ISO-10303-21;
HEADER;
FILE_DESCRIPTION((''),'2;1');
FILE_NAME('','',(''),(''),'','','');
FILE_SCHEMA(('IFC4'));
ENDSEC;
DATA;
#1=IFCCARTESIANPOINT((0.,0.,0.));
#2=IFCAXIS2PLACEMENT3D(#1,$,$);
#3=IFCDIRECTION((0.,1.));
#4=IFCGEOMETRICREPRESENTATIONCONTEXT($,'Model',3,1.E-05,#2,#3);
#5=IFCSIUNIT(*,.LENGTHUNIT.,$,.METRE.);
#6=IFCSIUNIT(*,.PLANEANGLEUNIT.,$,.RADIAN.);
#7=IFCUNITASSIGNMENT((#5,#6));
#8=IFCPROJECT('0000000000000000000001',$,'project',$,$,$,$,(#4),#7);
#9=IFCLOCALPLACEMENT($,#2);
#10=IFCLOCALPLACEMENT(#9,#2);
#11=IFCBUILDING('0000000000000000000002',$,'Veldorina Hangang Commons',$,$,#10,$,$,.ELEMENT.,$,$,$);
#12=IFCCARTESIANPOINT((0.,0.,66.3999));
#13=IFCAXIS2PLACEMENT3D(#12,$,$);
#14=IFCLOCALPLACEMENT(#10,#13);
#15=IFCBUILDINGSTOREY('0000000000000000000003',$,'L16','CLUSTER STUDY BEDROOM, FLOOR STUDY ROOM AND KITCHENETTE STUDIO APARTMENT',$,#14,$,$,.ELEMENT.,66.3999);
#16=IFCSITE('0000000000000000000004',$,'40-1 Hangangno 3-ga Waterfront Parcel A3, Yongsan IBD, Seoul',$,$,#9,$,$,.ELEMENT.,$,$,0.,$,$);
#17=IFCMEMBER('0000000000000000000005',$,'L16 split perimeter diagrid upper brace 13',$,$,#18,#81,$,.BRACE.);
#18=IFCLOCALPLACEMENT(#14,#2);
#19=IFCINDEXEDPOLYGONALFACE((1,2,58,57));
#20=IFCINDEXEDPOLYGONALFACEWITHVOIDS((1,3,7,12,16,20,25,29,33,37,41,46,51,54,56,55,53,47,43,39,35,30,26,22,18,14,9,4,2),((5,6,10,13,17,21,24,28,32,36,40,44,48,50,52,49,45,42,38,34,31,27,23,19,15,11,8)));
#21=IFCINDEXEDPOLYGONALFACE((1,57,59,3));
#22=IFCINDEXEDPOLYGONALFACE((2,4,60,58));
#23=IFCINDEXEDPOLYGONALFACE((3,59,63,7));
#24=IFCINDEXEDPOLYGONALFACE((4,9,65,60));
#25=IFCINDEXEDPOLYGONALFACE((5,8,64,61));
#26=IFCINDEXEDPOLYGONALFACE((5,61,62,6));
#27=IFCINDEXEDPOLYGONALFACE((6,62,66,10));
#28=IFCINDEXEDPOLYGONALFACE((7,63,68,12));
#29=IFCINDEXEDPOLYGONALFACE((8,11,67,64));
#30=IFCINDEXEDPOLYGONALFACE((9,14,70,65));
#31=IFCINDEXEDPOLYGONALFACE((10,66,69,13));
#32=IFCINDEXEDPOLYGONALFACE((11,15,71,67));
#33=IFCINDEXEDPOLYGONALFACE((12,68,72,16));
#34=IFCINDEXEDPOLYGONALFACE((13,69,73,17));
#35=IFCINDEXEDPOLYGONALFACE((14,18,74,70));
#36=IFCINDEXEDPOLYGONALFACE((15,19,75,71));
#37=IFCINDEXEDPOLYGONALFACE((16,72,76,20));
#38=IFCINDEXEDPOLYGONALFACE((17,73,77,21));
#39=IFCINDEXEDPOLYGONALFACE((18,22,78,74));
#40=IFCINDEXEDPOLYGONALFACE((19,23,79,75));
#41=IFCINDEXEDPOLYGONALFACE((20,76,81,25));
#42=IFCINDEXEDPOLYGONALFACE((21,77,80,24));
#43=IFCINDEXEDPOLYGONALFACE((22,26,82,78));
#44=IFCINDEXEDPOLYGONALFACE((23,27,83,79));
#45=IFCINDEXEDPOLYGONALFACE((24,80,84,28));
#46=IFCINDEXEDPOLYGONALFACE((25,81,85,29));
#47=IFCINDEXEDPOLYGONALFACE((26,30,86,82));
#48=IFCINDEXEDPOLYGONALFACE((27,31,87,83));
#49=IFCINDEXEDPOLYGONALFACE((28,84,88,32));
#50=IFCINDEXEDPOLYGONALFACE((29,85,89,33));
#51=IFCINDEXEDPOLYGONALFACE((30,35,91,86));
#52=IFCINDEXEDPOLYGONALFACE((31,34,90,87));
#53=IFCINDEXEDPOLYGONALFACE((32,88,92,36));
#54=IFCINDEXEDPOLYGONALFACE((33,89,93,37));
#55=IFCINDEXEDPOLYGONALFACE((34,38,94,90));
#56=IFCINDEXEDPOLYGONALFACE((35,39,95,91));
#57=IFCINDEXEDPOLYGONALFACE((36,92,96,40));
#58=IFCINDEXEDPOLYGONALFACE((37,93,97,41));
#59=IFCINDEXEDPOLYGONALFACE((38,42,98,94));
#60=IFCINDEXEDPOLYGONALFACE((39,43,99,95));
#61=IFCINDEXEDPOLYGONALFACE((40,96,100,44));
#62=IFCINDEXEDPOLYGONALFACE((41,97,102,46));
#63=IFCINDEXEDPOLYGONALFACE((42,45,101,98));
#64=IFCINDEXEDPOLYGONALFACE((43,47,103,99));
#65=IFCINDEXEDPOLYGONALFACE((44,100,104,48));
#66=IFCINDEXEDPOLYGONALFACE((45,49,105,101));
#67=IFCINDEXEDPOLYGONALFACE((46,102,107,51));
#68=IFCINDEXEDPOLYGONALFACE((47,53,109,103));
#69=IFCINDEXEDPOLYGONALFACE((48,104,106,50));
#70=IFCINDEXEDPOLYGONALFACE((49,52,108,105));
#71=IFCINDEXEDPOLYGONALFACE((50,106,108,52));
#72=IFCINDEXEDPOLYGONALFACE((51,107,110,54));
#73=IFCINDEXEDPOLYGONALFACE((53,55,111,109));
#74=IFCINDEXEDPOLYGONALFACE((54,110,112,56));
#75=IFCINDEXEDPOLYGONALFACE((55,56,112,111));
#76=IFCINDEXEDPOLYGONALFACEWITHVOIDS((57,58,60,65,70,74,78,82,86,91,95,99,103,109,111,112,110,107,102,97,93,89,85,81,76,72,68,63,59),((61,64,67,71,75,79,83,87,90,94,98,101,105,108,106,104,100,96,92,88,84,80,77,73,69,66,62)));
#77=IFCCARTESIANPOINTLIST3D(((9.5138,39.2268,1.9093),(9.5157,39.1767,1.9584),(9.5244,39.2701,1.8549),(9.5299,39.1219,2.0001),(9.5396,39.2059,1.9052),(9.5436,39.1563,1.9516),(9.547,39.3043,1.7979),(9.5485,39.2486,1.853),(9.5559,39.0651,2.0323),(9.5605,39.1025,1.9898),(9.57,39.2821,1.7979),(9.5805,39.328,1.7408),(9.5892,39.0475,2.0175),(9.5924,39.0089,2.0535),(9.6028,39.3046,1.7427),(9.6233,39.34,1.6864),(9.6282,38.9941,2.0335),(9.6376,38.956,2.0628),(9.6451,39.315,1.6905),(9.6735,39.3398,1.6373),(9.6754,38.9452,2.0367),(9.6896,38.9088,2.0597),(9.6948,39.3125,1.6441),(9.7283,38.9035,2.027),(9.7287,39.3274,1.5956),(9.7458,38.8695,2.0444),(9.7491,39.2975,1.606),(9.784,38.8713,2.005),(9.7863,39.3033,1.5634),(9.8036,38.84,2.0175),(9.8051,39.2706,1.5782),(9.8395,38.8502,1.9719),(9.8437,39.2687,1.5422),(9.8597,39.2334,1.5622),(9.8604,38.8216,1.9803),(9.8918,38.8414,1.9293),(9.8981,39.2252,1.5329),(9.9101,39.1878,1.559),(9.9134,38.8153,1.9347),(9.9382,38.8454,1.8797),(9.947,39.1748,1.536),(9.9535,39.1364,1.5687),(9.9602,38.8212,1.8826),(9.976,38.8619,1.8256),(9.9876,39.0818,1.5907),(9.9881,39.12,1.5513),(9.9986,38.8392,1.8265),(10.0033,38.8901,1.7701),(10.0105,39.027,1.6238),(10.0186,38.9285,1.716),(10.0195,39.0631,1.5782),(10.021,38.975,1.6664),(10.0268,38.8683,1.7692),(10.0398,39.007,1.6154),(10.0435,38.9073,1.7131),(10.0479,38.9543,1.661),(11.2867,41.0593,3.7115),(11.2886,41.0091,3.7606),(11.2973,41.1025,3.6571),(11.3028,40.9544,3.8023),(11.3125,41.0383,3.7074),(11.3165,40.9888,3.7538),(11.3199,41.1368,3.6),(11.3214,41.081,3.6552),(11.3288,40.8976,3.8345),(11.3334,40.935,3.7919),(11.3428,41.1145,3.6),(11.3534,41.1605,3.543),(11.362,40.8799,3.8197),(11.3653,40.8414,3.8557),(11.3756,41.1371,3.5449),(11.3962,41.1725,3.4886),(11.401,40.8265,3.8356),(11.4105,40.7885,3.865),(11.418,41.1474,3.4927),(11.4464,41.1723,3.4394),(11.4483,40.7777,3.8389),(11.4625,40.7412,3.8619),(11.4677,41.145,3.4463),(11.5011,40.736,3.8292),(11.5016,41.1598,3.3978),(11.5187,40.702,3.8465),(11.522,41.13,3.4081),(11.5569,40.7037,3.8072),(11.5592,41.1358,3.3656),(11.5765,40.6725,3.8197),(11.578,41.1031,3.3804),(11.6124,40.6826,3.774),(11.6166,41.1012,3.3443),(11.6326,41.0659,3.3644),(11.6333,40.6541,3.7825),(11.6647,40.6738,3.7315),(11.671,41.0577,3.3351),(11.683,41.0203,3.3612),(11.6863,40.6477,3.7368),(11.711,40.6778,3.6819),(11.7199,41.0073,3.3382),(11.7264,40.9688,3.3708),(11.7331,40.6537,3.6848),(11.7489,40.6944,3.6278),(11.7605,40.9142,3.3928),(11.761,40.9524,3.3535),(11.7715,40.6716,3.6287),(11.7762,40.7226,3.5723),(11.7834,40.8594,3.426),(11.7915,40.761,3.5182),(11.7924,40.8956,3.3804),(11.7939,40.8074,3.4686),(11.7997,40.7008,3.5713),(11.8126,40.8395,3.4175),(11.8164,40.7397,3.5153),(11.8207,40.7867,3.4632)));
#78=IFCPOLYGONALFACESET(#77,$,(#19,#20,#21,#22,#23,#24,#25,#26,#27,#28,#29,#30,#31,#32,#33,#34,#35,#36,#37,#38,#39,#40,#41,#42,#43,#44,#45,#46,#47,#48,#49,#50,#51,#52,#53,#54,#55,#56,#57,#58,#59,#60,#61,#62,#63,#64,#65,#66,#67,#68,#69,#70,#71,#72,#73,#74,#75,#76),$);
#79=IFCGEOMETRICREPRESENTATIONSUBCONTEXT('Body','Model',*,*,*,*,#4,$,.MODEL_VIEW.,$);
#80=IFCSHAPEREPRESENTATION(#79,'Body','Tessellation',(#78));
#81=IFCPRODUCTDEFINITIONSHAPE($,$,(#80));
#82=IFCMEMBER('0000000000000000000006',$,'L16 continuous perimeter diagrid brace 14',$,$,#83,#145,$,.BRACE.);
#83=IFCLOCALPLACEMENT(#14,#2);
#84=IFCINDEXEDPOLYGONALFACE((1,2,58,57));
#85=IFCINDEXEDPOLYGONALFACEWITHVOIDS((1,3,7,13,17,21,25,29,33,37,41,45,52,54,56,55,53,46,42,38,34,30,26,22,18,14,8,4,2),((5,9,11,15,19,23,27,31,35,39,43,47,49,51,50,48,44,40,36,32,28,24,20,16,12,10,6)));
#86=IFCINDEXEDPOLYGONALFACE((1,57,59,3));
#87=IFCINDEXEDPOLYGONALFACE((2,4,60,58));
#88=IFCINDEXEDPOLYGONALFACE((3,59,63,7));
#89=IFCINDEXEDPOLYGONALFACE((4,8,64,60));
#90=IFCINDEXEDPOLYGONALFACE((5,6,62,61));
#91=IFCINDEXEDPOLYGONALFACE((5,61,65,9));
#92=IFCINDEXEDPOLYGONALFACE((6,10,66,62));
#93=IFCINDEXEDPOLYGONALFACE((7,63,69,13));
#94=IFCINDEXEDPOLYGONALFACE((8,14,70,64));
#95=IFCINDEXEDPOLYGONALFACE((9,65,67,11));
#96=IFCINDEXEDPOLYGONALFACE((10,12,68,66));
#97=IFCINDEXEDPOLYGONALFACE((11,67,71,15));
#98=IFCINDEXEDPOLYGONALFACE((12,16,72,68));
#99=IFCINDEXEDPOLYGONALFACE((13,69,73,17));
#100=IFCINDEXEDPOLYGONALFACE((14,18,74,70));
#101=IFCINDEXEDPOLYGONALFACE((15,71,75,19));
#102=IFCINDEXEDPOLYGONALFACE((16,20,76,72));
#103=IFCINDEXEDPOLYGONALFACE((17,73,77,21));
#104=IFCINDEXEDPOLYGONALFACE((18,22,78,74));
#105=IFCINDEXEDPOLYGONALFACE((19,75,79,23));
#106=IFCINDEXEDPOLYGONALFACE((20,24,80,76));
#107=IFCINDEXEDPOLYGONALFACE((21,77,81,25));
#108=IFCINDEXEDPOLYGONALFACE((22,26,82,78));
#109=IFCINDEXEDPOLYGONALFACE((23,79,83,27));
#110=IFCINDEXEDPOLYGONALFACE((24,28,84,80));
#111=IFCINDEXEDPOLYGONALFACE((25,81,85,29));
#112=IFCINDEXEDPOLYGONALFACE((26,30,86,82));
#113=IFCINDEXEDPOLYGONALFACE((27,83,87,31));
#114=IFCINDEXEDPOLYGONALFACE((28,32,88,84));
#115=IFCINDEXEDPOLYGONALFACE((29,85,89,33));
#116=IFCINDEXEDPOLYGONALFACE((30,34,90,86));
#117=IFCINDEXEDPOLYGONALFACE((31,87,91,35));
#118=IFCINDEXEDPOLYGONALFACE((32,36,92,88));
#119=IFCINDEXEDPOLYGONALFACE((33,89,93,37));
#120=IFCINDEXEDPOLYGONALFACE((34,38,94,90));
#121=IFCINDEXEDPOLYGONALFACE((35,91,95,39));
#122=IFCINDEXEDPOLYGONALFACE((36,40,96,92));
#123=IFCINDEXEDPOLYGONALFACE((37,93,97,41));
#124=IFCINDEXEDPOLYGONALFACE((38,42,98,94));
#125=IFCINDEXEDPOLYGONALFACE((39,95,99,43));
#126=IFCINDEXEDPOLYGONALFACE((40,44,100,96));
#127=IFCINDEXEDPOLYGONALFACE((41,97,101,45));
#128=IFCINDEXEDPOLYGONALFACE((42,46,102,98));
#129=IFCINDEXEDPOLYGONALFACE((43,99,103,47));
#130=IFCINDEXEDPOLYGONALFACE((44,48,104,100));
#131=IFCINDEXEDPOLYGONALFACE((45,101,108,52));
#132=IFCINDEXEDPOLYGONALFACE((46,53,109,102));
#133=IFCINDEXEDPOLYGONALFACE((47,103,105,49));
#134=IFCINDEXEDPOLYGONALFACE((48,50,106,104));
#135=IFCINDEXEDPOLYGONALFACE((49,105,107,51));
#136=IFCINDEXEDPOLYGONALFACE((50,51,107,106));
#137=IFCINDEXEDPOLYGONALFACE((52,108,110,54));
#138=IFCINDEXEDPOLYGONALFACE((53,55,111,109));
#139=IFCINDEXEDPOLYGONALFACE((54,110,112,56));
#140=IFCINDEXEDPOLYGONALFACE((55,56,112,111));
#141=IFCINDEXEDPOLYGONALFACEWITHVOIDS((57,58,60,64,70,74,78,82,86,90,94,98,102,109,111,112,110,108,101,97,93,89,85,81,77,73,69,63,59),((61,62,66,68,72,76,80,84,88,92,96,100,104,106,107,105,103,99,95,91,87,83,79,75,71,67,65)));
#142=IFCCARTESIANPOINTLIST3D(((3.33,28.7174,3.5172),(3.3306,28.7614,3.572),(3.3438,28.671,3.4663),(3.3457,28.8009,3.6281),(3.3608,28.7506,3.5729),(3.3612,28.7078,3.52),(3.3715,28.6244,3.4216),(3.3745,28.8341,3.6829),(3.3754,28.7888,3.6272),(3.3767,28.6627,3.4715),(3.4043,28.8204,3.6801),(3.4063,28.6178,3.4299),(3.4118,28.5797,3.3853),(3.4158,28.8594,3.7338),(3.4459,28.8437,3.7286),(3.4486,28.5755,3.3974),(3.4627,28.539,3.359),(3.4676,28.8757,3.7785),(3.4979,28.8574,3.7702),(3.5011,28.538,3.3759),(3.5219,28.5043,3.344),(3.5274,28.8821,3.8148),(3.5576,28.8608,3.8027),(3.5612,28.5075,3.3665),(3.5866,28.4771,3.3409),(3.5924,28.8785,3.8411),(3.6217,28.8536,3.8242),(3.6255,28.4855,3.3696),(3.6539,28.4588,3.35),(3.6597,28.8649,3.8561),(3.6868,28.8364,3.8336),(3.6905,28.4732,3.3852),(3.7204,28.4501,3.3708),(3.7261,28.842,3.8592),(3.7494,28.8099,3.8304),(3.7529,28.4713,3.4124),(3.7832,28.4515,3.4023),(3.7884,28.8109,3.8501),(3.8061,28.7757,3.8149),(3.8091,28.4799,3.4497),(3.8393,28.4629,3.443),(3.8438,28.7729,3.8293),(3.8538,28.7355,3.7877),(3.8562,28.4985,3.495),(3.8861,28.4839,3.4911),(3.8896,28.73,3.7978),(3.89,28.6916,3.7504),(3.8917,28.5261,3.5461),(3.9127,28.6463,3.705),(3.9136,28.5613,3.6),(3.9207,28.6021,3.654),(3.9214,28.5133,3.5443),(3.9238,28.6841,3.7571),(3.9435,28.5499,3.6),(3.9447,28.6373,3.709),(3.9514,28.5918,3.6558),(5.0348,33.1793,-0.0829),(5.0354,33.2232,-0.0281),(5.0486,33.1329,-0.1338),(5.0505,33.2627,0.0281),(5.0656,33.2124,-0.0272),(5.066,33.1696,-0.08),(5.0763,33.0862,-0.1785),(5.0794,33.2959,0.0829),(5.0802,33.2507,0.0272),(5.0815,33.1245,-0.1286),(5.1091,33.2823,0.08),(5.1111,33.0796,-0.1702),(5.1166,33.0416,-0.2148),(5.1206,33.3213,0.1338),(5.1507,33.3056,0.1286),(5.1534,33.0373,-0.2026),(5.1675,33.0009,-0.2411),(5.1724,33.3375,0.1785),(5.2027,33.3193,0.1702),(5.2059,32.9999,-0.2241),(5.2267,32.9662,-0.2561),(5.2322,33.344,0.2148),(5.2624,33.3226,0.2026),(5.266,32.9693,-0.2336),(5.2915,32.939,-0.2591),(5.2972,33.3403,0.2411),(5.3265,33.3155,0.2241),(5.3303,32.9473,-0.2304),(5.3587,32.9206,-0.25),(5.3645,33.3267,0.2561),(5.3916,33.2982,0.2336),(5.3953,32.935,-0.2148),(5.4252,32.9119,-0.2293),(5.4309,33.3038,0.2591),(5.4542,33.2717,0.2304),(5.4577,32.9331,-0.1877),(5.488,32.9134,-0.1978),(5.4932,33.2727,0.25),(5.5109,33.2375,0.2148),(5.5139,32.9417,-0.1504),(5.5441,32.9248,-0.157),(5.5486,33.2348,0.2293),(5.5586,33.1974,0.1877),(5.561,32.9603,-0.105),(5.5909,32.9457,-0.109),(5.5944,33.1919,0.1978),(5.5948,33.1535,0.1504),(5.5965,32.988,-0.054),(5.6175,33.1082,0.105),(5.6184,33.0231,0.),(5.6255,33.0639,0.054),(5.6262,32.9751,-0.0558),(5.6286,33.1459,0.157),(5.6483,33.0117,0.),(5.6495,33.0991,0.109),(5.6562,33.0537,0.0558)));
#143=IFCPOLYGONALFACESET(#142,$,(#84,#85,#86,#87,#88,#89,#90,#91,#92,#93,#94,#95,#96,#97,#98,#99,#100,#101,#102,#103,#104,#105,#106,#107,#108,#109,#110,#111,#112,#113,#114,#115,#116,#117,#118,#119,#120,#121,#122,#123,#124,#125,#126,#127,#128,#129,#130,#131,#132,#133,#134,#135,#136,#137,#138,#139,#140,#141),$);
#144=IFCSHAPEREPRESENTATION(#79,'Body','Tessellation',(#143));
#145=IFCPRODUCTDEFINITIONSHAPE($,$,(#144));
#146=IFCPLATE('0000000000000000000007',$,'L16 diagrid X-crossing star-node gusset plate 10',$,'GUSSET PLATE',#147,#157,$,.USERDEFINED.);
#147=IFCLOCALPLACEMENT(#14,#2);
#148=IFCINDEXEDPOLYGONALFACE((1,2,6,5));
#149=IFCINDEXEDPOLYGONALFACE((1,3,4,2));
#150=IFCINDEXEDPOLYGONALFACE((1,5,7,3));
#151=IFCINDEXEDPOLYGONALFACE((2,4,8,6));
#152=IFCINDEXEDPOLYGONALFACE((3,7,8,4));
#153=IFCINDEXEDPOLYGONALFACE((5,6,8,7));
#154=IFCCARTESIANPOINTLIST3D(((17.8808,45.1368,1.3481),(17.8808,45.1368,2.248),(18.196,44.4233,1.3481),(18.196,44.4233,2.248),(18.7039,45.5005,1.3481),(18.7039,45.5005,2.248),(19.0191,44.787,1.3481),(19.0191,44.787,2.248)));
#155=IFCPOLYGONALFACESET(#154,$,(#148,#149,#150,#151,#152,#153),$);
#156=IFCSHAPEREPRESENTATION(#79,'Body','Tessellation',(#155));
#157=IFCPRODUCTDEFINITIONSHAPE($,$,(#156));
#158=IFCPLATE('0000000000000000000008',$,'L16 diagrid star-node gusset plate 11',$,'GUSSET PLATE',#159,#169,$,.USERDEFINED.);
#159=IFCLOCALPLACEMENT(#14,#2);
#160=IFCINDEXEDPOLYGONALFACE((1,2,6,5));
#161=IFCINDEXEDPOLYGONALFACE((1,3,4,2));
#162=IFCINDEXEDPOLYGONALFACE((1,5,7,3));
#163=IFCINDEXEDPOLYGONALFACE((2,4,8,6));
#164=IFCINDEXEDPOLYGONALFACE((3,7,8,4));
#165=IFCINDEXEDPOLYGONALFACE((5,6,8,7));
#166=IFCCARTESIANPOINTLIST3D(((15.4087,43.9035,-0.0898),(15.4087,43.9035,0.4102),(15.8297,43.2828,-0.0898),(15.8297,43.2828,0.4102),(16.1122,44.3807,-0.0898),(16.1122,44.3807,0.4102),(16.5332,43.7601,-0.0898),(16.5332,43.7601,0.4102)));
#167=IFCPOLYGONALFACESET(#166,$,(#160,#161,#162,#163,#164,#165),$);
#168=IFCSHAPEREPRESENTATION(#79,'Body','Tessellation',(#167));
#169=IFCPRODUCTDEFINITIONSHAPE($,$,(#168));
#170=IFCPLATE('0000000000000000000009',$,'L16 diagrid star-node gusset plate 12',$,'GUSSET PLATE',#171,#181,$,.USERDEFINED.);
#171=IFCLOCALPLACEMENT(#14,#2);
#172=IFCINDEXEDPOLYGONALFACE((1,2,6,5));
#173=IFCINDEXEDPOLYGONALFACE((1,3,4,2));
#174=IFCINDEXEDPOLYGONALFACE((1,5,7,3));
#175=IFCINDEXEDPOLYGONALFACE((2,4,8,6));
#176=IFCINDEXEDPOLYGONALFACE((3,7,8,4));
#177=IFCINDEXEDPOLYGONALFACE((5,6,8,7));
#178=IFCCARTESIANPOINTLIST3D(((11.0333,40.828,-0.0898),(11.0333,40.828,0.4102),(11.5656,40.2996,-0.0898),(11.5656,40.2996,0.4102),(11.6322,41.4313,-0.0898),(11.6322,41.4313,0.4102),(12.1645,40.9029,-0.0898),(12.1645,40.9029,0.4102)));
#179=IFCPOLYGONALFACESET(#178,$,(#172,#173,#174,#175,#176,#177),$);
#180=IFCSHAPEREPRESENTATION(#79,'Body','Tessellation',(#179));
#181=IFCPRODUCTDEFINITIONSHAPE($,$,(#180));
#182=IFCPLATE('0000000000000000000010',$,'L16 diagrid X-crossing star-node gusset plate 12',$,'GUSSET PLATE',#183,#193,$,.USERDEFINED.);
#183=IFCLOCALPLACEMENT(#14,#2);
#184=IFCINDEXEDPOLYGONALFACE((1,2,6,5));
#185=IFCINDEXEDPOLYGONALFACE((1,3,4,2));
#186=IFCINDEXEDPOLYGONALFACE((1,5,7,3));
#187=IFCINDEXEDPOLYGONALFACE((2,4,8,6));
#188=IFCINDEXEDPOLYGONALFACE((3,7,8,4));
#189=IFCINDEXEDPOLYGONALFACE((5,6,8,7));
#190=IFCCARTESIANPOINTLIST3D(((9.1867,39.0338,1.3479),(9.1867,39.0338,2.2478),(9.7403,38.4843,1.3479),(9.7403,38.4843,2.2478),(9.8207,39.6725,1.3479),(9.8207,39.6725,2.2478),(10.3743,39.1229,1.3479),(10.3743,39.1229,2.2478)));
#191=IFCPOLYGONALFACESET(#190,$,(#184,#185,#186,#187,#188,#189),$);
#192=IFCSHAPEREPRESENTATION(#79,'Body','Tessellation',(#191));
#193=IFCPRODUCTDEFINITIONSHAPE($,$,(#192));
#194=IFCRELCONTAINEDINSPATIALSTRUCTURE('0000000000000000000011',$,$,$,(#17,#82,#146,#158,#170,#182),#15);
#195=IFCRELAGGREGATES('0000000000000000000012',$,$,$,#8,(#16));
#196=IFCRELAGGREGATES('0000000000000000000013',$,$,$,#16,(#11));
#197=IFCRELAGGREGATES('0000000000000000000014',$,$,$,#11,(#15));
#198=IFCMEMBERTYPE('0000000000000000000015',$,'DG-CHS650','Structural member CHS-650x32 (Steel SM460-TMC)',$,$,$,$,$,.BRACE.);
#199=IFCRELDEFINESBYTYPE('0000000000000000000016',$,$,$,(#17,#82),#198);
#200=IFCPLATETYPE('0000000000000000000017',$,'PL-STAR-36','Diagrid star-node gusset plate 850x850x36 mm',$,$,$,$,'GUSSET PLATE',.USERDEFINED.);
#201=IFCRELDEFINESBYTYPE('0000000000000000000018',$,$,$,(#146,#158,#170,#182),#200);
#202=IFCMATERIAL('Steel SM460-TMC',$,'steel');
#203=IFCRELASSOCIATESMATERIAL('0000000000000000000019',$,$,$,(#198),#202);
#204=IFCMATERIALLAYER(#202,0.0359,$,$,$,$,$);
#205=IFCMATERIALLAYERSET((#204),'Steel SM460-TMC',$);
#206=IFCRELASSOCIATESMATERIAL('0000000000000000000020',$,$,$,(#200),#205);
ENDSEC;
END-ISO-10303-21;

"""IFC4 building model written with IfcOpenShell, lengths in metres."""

from ifc_helpers import new_model, si_unit, direction, frame, origin, origin_2d, place, context, subcontext, project, spatial, rectangle, hollow_circle, extrude, material, layer, layer_set, material_profile, profile_set, type_object, element, save


model = new_model("IFC4")

# Units and contexts
model_context = context("Model", 3, precision=1e-05, world=origin(), true_north=direction((0.0, 1.0)))
body_context = subcontext(model_context, "Body", "Model", "MODEL_VIEW")
ifc_project = project(units=[si_unit("LENGTHUNIT", "METRE"), si_unit("PLANEANGLEUNIT", "RADIAN")], contexts=[model_context])

# Site, building, storey
site_placement = place(None, origin())
site = spatial("IfcSite", under=ifc_project, at=site_placement, Name="40-1 Hangangno 3-ga Waterfront Parcel A3, Yongsan IBD, Seoul", CompositionType="ELEMENT", RefElevation=0.0)
building_placement = place(site_placement, origin())
building = spatial("IfcBuilding", under=site, at=building_placement, Name="Veldorina Hangang Commons", CompositionType="ELEMENT")
storey_placement = place(building_placement, frame((0.0, 0.0, 66.3999)))
storey = spatial("IfcBuildingStorey", under=building, at=storey_placement, Name="L16", Description="CLUSTER STUDY BEDROOM, FLOOR STUDY ROOM AND KITCHENETTE STUDIO APARTMENT", CompositionType="ELEMENT", Elevation=66.3999)

# Members
ifc_material_1 = material(Name="Steel SM460-TMC", Category="steel")
ifc_material_profile_1 = material_profile(ifc_material_1, hollow_circle(Radius=0.325, WallThickness=0.032, at=origin_2d()), Name="CHS-650x32")
ifc_profile_set_1 = profile_set([ifc_material_profile_1], Name="Steel SM460-TMC")
member_type = type_object("IfcMemberType", Name="DG-CHS650", Description="Structural member CHS-650x32 (Steel SM460-TMC)", PredefinedType="BRACE", material=ifc_profile_set_1)
member_1_placement = place(storey_placement, frame((9.7805, 39.0784, 1.7979), z_axis=(0.567811, 0.586889, 0.577193), x_axis=(-0.718692, 0.695329, 0.0)))
element("IfcMember", 1, at=member_1_placement, inside=storey, type_object=member_type, Name="L16 split perimeter diagrid upper brace 13", PredefinedType="BRACE", context=body_context, shape_type="SweptSolid", body=[
    extrude(hollow_circle(Radius=0.325, WallThickness=0.032, at=origin_2d()), origin(), (0.0, 0.0, 1.0), 3.1223),
])
member_2_placement = place(storey_placement, frame((5.3447, 33.1277, 0.0), z_axis=(-0.285028, -0.745978, 0.601893), x_axis=(0.934135, -0.35692, 0.0)))
element("IfcMember", 2, at=member_2_placement, inside=storey, type_object=member_type, Name="L16 continuous perimeter diagrid brace 14", PredefinedType="BRACE", context=body_context, shape_type="SweptSolid", body=[
    extrude(hollow_circle(Radius=0.325, WallThickness=0.032, at=origin_2d()), origin(), (0.0, 0.0, 1.0), 5.9812),
])

# Plates
ifc_layer_1 = layer(ifc_material_1, 0.0359)
ifc_layer_set_1 = layer_set([ifc_layer_1], Name="Steel SM460-TMC")
plate_type = type_object("IfcPlateType", Name="PL-STAR-36", Description="Diagrid star-node gusset plate 850x850x36 mm", ElementType="GUSSET PLATE", PredefinedType="USERDEFINED", material=ifc_layer_set_1)
plate_1_placement = place(storey_placement, frame((18.45, 44.9619, 1.3481), z_axis=(0.0, 0.0, 1.0), x_axis=(-0.914678, -0.404184, 0.0)))
element("IfcPlate", 3, at=plate_1_placement, inside=storey, type_object=plate_type, Name="L16 diagrid X-crossing star-node gusset plate 10", ObjectType="GUSSET PLATE", PredefinedType="USERDEFINED", context=body_context, shape_type="SweptSolid", body=[
    extrude(rectangle(XDim=0.8999, YDim=0.78, at=origin_2d()), origin(), (0.0, 0.0, 1.0), 0.8999),
])
for number, where, z_axis, x_axis, name in (
    (4, (15.9709, 43.8318, -0.0898), (0.0, 0.0, 1.0), (-0.827532, -0.561419, 0.0), "L16 diagrid star-node gusset plate 11"),
    (5, (11.5989, 40.8655, -0.0898), (0.0, 0.0, 1.0), (-0.70451, -0.709694, 0.0), "L16 diagrid star-node gusset plate 12"),
):
    element("IfcPlate", number, at=place(storey_placement, frame(where, z_axis=z_axis, x_axis=x_axis)), inside=storey, type_object=plate_type, Name=name, ObjectType="GUSSET PLATE", PredefinedType="USERDEFINED", context=body_context, shape_type="SweptSolid", body=[
        extrude(rectangle(XDim=0.8501, YDim=0.75, at=origin_2d()), origin(), (0.0, 0.0, 1.0), 0.5),
    ])
plate_2_placement = place(storey_placement, frame((9.7805, 39.0784, 1.3479), z_axis=(0.0, 0.0, 1.0), x_axis=(-0.70451, -0.709694, 0.0)))
element("IfcPlate", 6, at=plate_2_placement, inside=storey, type_object=plate_type, Name="L16 diagrid X-crossing star-node gusset plate 12", ObjectType="GUSSET PLATE", PredefinedType="USERDEFINED", context=body_context, shape_type="SweptSolid", body=[
    extrude(rectangle(XDim=0.8999, YDim=0.78, at=origin_2d()), origin(), (0.0, 0.0, 1.0), 0.8999),
])

save(model, "model.ifc")
